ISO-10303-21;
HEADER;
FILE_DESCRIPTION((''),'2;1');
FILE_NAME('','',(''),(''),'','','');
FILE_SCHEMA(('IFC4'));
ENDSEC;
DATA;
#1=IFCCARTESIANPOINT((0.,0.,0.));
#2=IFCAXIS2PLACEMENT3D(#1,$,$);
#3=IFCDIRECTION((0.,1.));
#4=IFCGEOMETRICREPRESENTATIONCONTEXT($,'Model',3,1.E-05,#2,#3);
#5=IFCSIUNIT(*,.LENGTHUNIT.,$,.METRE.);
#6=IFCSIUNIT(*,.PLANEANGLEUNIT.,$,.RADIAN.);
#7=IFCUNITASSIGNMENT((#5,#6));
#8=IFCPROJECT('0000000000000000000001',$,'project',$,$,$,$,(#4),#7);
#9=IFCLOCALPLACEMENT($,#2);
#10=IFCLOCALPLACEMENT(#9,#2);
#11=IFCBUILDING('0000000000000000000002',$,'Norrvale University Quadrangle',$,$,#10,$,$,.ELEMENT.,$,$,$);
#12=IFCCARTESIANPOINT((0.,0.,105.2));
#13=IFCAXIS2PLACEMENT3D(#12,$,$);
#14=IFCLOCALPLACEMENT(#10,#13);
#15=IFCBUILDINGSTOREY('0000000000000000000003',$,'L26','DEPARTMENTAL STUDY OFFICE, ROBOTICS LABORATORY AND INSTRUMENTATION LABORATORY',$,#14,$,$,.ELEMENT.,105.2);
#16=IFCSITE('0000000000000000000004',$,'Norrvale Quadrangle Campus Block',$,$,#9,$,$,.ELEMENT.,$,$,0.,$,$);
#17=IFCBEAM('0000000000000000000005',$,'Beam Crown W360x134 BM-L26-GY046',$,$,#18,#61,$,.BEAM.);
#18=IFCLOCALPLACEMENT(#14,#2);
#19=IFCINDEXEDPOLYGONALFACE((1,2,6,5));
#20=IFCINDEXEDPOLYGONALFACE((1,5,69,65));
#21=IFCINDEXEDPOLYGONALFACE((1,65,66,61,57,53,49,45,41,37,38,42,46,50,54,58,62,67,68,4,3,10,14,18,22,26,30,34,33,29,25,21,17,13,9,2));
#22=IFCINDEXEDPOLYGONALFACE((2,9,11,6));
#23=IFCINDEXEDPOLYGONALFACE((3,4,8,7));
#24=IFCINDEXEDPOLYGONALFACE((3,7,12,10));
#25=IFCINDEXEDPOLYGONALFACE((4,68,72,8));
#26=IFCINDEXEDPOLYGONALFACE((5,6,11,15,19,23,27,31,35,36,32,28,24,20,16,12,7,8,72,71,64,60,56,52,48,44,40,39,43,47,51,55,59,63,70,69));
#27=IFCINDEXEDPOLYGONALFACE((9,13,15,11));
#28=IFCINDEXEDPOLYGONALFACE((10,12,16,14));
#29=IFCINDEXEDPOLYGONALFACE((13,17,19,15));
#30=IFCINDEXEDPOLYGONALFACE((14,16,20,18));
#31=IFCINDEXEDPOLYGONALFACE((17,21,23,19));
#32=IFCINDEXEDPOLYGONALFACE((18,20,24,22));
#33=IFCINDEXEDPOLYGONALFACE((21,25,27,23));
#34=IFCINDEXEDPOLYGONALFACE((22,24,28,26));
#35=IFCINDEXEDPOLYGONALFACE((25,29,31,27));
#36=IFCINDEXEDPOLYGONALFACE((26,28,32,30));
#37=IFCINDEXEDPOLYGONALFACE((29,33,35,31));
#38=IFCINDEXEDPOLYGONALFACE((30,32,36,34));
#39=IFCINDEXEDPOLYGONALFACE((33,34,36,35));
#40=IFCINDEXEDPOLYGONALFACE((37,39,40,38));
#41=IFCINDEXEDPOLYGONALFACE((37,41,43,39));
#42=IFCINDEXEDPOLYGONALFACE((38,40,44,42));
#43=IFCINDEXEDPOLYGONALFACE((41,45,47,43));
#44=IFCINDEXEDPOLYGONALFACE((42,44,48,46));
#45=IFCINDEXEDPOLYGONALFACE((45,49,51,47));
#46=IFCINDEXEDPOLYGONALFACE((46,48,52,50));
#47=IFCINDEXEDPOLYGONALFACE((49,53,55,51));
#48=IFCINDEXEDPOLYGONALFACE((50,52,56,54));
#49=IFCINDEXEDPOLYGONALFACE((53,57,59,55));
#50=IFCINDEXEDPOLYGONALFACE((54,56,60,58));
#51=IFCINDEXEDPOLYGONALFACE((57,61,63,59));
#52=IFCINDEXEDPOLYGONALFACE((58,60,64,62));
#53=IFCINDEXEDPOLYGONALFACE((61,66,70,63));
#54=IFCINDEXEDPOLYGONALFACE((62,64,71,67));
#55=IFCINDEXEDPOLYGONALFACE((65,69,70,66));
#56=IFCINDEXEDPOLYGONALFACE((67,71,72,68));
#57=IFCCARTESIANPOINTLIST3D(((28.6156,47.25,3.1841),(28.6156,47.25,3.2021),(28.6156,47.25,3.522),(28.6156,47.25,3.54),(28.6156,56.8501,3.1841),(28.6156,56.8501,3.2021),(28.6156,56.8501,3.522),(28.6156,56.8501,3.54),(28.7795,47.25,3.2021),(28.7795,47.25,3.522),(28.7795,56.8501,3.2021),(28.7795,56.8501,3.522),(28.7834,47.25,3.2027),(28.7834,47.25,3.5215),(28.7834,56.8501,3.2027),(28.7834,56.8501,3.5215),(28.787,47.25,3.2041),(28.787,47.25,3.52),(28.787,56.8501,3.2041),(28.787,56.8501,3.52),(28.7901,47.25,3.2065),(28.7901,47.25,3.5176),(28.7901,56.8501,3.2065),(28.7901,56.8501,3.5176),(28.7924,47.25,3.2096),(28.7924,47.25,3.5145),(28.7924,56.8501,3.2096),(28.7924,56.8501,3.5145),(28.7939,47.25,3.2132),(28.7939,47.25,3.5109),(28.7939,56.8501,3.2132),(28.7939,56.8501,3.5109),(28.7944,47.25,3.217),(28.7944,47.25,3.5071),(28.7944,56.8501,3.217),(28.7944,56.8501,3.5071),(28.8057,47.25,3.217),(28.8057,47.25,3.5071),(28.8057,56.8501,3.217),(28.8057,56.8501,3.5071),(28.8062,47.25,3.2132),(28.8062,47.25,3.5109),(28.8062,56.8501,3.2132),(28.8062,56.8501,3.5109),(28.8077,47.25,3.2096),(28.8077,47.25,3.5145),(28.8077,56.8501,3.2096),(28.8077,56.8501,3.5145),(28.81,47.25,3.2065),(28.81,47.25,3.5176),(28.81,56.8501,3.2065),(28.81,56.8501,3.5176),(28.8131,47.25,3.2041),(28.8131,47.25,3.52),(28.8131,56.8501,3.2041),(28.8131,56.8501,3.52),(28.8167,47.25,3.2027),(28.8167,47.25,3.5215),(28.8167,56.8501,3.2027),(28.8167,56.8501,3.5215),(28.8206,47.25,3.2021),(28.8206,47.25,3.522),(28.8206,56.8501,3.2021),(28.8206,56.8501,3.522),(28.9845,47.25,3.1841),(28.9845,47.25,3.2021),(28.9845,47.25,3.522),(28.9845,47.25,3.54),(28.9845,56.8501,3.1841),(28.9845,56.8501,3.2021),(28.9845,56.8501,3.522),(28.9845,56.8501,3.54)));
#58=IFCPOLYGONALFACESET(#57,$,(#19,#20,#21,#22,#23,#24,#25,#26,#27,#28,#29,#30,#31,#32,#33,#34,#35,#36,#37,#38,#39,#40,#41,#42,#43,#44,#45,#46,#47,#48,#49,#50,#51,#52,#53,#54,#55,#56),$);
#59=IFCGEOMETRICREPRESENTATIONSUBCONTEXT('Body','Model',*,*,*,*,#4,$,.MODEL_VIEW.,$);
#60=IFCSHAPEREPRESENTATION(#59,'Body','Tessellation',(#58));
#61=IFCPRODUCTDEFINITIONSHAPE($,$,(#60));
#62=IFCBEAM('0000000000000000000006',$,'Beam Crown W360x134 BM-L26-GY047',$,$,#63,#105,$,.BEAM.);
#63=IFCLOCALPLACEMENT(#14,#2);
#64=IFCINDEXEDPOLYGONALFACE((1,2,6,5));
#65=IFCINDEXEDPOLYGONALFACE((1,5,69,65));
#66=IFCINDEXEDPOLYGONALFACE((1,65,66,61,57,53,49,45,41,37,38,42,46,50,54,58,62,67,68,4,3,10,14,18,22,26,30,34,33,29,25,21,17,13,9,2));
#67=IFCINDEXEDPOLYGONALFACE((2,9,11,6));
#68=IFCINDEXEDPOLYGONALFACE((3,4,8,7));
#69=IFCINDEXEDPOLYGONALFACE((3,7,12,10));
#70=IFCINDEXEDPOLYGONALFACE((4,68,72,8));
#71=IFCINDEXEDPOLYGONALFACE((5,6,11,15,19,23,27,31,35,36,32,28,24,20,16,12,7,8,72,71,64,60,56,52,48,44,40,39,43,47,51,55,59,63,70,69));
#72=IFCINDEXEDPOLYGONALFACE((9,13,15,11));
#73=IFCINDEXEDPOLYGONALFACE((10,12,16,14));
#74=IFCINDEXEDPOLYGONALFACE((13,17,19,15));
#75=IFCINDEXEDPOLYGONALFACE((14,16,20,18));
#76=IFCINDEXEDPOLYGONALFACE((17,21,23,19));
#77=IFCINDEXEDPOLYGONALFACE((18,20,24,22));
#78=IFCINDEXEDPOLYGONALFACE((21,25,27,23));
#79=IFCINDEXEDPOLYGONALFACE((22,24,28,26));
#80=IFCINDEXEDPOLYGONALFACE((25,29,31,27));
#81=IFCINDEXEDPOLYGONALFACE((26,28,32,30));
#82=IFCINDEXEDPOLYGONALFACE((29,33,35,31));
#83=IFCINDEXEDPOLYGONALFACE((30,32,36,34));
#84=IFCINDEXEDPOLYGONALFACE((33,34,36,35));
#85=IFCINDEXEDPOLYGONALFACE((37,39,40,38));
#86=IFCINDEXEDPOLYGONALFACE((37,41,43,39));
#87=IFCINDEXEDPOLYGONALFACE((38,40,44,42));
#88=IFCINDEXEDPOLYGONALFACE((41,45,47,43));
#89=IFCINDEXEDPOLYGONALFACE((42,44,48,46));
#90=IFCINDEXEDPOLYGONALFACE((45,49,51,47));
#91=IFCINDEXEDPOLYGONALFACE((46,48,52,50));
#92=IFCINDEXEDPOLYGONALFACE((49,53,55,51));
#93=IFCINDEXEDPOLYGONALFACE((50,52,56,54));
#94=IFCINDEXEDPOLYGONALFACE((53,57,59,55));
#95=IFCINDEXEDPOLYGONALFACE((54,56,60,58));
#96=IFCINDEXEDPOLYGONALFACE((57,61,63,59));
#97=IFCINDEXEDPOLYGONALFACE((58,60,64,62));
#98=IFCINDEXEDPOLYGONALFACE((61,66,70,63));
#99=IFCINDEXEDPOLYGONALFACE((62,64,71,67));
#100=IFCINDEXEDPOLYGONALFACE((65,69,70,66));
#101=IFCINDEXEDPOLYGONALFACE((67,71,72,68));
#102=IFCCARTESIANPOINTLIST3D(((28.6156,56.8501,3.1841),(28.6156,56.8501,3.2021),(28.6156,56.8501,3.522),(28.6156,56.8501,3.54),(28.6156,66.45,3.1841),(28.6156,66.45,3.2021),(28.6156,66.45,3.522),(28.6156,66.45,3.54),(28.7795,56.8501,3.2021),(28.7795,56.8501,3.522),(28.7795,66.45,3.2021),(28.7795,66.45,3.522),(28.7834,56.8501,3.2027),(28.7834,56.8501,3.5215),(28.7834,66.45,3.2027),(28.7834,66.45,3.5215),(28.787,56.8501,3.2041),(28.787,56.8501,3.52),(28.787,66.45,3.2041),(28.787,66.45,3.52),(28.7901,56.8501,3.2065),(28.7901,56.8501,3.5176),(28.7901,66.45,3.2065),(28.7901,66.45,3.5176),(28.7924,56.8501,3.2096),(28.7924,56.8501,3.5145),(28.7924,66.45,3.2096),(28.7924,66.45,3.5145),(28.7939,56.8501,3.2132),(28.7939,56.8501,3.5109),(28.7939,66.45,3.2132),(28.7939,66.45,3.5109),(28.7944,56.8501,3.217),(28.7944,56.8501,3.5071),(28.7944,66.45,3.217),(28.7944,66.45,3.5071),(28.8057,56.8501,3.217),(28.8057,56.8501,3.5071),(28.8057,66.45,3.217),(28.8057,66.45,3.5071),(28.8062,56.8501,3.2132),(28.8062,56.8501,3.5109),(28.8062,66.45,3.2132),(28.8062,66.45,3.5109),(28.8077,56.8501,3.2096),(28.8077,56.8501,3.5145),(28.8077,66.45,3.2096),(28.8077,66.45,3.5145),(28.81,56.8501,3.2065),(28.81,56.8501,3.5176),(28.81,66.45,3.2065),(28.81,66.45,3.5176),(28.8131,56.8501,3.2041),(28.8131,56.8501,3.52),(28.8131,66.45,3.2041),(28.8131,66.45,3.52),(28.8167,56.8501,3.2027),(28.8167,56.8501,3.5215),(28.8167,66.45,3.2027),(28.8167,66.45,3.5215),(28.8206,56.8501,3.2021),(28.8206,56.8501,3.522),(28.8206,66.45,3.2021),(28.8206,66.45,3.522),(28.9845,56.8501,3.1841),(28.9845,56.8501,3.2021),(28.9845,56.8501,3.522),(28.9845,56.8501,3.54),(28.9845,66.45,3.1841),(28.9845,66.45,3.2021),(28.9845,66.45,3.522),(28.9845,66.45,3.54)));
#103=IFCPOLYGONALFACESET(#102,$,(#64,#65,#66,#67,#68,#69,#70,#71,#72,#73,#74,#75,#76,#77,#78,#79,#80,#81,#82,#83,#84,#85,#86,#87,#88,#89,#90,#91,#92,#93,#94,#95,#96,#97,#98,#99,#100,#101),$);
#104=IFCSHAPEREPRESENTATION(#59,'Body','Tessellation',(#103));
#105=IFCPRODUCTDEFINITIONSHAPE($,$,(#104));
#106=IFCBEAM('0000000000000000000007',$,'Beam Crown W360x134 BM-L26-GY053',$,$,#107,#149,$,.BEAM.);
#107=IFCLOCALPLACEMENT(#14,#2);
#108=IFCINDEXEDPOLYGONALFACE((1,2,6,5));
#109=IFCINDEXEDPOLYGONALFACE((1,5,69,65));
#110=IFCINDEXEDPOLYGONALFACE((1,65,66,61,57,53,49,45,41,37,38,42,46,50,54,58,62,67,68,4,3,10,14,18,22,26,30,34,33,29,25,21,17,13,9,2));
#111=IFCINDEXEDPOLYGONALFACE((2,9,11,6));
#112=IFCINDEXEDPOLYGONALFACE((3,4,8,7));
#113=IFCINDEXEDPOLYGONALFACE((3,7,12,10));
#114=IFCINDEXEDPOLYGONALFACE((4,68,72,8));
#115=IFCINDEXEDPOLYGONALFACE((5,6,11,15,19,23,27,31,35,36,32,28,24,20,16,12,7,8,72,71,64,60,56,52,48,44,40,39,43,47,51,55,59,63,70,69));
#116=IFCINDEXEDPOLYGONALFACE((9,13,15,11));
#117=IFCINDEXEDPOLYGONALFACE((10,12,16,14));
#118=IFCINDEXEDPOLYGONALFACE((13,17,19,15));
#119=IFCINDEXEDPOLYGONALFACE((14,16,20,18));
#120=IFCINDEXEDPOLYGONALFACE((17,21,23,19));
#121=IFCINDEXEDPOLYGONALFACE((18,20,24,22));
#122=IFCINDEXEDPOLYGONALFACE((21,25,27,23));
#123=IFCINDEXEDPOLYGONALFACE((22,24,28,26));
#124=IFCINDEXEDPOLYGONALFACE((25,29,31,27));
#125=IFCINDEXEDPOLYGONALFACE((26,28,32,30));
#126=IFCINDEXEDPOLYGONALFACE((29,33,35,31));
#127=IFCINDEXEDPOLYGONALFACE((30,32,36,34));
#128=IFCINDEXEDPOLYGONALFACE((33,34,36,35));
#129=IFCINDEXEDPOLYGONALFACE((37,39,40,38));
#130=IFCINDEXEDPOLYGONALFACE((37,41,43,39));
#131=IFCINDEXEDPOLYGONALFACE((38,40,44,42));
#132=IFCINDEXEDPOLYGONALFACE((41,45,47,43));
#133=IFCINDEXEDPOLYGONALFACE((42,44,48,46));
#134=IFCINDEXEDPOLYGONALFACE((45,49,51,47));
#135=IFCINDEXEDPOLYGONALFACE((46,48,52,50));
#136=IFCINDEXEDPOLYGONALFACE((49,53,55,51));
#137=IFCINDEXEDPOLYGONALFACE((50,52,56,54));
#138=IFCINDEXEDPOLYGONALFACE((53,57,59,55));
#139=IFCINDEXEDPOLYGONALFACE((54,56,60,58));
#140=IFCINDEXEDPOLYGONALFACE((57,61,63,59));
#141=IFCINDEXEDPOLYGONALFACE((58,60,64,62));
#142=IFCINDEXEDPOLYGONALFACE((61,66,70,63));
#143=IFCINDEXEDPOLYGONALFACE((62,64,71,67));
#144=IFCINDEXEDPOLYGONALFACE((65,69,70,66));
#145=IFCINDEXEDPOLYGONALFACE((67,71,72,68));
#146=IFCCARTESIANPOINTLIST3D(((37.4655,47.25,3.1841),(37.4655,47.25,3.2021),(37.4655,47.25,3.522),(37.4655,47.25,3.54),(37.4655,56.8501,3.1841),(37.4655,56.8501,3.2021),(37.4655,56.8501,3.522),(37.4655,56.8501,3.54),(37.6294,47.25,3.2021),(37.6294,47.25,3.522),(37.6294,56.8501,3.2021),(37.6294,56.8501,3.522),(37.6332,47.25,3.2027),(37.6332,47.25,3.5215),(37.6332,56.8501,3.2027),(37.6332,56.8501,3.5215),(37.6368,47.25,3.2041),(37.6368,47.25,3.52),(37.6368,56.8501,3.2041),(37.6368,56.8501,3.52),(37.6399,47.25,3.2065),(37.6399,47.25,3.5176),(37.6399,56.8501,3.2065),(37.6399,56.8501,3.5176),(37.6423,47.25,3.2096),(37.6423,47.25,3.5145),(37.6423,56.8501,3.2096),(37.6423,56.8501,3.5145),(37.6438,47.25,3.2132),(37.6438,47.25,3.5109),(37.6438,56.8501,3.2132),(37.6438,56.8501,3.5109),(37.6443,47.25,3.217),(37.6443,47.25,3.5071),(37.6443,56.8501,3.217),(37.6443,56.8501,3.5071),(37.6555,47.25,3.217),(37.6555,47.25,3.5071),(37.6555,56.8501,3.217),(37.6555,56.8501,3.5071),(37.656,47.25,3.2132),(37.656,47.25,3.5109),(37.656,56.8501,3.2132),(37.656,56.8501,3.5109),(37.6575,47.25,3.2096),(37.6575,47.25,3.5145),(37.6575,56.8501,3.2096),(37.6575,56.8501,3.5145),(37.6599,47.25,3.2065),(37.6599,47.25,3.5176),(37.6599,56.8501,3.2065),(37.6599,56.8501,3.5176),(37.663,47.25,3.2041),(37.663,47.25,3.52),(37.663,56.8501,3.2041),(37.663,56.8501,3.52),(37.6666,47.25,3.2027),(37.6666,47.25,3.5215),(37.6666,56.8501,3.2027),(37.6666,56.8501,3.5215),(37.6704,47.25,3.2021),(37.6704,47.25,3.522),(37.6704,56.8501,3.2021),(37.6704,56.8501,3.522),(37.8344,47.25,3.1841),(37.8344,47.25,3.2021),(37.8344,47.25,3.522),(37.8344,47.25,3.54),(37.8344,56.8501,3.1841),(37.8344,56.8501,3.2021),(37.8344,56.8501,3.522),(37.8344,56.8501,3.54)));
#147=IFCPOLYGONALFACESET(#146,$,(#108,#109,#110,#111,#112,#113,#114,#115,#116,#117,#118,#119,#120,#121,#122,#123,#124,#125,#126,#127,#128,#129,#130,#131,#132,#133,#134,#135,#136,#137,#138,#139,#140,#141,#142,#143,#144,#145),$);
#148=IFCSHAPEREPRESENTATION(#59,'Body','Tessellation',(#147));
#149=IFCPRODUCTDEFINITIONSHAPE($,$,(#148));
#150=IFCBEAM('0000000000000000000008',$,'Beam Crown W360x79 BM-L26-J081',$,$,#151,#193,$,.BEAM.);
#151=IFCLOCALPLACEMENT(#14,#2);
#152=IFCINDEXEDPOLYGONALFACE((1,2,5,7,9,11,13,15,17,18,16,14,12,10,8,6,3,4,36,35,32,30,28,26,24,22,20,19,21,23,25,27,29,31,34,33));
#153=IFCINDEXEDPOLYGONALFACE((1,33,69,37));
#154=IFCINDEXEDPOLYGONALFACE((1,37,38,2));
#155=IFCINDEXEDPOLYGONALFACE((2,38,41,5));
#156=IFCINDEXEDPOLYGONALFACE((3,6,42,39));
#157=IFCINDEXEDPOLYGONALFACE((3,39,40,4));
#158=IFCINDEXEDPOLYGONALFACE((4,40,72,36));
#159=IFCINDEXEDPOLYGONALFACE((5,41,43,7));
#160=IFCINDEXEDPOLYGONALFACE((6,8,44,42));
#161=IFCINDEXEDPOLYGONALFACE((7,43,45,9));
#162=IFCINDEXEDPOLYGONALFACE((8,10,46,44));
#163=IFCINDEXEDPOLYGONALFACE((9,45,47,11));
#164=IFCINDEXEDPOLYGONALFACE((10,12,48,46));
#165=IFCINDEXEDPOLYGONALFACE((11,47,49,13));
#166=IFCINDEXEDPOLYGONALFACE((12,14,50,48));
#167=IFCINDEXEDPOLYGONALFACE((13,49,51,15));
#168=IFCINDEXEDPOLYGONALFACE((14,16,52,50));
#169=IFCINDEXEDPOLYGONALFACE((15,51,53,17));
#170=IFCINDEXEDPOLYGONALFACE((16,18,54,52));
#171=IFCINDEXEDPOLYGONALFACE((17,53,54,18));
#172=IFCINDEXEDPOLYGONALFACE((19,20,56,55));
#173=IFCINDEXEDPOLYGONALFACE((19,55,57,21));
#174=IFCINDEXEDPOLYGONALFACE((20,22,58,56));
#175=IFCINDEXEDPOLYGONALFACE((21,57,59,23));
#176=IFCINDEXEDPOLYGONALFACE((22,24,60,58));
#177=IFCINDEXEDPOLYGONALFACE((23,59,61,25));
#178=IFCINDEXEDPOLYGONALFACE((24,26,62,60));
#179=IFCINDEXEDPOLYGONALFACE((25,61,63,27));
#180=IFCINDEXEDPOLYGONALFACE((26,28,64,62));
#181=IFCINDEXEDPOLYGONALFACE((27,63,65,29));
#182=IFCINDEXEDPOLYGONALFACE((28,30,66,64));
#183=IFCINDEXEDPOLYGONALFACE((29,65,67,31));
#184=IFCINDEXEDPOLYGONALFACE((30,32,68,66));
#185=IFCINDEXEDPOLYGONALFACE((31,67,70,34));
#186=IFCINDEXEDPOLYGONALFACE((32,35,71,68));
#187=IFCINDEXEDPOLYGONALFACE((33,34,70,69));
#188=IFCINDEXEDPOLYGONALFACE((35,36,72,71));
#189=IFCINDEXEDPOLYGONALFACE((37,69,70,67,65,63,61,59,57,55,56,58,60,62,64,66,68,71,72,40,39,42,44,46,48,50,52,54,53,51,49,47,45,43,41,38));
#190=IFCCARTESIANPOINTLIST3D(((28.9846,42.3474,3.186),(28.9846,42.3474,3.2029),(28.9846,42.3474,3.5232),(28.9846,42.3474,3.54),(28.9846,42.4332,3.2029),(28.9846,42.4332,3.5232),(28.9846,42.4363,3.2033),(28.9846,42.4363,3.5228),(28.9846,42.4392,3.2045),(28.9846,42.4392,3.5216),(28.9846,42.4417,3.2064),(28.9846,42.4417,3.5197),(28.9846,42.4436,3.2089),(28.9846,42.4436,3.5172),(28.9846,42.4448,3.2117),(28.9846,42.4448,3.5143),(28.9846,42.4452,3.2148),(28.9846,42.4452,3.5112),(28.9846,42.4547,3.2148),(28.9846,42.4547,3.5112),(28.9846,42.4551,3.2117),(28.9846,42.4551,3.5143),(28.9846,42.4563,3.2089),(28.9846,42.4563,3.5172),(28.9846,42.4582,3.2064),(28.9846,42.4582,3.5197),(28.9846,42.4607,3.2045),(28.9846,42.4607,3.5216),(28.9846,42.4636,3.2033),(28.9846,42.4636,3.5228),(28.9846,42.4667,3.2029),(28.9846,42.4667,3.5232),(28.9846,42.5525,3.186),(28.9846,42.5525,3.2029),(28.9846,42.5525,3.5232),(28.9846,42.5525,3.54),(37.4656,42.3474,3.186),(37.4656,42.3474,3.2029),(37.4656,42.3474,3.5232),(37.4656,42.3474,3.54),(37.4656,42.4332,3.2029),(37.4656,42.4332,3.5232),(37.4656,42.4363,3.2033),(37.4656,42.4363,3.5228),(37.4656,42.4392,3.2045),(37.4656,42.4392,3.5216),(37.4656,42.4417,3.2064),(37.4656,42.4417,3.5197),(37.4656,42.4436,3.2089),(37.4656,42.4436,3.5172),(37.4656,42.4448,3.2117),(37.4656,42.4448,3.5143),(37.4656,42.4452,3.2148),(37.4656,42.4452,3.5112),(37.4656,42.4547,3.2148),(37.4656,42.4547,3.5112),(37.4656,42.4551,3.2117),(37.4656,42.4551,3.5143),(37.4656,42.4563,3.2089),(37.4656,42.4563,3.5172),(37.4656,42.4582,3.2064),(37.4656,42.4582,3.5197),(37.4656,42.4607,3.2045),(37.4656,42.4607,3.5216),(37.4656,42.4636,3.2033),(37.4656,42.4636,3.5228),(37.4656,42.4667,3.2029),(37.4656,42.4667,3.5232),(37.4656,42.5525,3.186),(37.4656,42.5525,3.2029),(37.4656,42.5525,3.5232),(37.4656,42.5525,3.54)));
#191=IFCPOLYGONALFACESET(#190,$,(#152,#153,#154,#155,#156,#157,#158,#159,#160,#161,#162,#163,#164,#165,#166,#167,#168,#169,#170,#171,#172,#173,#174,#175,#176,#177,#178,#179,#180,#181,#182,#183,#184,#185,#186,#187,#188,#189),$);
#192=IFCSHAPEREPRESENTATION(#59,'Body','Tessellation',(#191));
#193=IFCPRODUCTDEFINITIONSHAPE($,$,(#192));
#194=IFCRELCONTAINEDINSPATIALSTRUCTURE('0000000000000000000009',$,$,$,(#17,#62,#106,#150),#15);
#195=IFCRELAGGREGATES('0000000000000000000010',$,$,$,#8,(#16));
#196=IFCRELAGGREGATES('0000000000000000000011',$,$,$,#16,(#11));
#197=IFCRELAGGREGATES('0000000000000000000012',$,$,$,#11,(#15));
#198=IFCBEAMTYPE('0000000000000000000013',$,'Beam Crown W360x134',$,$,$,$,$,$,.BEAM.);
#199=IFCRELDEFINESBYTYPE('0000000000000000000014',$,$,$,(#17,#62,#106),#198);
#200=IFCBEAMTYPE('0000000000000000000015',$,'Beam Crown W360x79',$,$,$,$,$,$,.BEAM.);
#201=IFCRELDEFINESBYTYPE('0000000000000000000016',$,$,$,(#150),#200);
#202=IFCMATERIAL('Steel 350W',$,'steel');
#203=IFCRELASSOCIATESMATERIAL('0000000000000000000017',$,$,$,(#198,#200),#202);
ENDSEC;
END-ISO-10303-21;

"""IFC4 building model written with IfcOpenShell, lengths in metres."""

from ifc_helpers import new_model, si_unit, direction, frame, origin, origin_2d, place, context, subcontext, project, spatial, i_section, extrude, material, material_profile, profile_set, type_object, element, save


model = new_model("IFC4")

# Units and contexts
model_context = context("Model", 3, precision=1e-05, world=origin(), true_north=direction((0.0, 1.0)))
body_context = subcontext(model_context, "Body", "Model", "MODEL_VIEW")
ifc_project = project(units=[si_unit("LENGTHUNIT", "METRE"), si_unit("PLANEANGLEUNIT", "RADIAN")], contexts=[model_context])

# Site, building, storey
site_placement = place(None, origin())
site = spatial("IfcSite", under=ifc_project, at=site_placement, Name="Norrvale Quadrangle Campus Block", CompositionType="ELEMENT", RefElevation=0.0)
building_placement = place(site_placement, origin())
building = spatial("IfcBuilding", under=site, at=building_placement, Name="Norrvale University Quadrangle", CompositionType="ELEMENT")
storey_placement = place(building_placement, frame((0.0, 0.0, 105.2)))
storey = spatial("IfcBuildingStorey", under=building, at=storey_placement, Name="L26", Description="DEPARTMENTAL STUDY OFFICE, ROBOTICS LABORATORY AND INSTRUMENTATION LABORATORY", CompositionType="ELEMENT", Elevation=105.2)

# Beams
ifc_material_1 = material(Name="Steel 350W", Category="steel")
ifc_material_profile_1 = material_profile(ifc_material_1, i_section(OverallWidth=0.3689, OverallDepth=0.356, WebThickness=0.0112, FlangeThickness=0.0181, FilletRadius=0.0149, at=origin_2d()), Name="Steel 350W")
ifc_profile_set_1 = profile_set([ifc_material_profile_1], Name="Steel 350W")
beam_type_1 = type_object("IfcBeamType", Name="Beam Crown W360x134", PredefinedType="BEAM", material=ifc_profile_set_1)
beam_1_placement = place(storey_placement, frame((28.8, 47.25, 3.3621), z_axis=(0.0, 1.0, 0.0), x_axis=(-1.0, 0.0, 0.0)))
element("IfcBeam", 1, at=beam_1_placement, inside=storey, type_object=beam_type_1, Name="Beam Crown W360x134 BM-L26-GY046", PredefinedType="BEAM", context=body_context, shape_type="SweptSolid", body=[
    extrude(i_section(OverallWidth=0.3689, OverallDepth=0.356, WebThickness=0.0112, FlangeThickness=0.0181, FilletRadius=0.0149, at=origin_2d()), origin(), (0.0, 0.0, 1.0), 9.6001),
])
beam_2_placement = place(storey_placement, frame((28.8, 56.8501, 3.3621), z_axis=(0.0, 1.0, 0.0), x_axis=(-1.0, 0.0, 0.0)))
element("IfcBeam", 2, at=beam_2_placement, inside=storey, type_object=beam_type_1, Name="Beam Crown W360x134 BM-L26-GY047", PredefinedType="BEAM", context=body_context, shape_type="SweptSolid", body=[
    extrude(i_section(OverallWidth=0.3689, OverallDepth=0.356, WebThickness=0.0112, FlangeThickness=0.0181, FilletRadius=0.0149, at=origin_2d()), origin(), (0.0, 0.0, 1.0), 9.5999),
])
beam_3_placement = place(storey_placement, frame((37.6499, 47.25, 3.3621), z_axis=(0.0, 1.0, 0.0), x_axis=(-1.0, 0.0, 0.0)))
element("IfcBeam", 3, at=beam_3_placement, inside=storey, type_object=beam_type_1, Name="Beam Crown W360x134 BM-L26-GY053", PredefinedType="BEAM", context=body_context, shape_type="SweptSolid", body=[
    extrude(i_section(OverallWidth=0.3689, OverallDepth=0.356, WebThickness=0.0112, FlangeThickness=0.0181, FilletRadius=0.0149, at=origin_2d()), origin(), (0.0, 0.0, 1.0), 9.6001),
])
ifc_material_profile_2 = material_profile(ifc_material_1, i_section(OverallWidth=0.2051, OverallDepth=0.354, WebThickness=0.0095, FlangeThickness=0.0168, FilletRadius=0.012, at=origin_2d()), Name="Steel 350W")
ifc_profile_set_2 = profile_set([ifc_material_profile_2], Name="Steel 350W")
beam_type_2 = type_object("IfcBeamType", Name="Beam Crown W360x79", PredefinedType="BEAM", material=ifc_profile_set_2)
for number, where, z_axis, x_axis, name in (
    (4, (28.9846, 42.45, 3.363), (1.0, 0.0, 0.0), (0.0, 1.0, 0.0), "Beam Crown W360x79 BM-L26-J081"),
):
    element("IfcBeam", number, at=place(storey_placement, frame(where, z_axis=z_axis, x_axis=x_axis)), inside=storey, type_object=beam_type_2, Name=name, PredefinedType="BEAM", context=body_context, shape_type="SweptSolid", body=[
        extrude(i_section(OverallWidth=0.2051, OverallDepth=0.354, WebThickness=0.0095, FlangeThickness=0.0168, FilletRadius=0.012, at=origin_2d()), origin(), (0.0, 0.0, 1.0), 8.481),
    ])

save(model, "model.ifc")
